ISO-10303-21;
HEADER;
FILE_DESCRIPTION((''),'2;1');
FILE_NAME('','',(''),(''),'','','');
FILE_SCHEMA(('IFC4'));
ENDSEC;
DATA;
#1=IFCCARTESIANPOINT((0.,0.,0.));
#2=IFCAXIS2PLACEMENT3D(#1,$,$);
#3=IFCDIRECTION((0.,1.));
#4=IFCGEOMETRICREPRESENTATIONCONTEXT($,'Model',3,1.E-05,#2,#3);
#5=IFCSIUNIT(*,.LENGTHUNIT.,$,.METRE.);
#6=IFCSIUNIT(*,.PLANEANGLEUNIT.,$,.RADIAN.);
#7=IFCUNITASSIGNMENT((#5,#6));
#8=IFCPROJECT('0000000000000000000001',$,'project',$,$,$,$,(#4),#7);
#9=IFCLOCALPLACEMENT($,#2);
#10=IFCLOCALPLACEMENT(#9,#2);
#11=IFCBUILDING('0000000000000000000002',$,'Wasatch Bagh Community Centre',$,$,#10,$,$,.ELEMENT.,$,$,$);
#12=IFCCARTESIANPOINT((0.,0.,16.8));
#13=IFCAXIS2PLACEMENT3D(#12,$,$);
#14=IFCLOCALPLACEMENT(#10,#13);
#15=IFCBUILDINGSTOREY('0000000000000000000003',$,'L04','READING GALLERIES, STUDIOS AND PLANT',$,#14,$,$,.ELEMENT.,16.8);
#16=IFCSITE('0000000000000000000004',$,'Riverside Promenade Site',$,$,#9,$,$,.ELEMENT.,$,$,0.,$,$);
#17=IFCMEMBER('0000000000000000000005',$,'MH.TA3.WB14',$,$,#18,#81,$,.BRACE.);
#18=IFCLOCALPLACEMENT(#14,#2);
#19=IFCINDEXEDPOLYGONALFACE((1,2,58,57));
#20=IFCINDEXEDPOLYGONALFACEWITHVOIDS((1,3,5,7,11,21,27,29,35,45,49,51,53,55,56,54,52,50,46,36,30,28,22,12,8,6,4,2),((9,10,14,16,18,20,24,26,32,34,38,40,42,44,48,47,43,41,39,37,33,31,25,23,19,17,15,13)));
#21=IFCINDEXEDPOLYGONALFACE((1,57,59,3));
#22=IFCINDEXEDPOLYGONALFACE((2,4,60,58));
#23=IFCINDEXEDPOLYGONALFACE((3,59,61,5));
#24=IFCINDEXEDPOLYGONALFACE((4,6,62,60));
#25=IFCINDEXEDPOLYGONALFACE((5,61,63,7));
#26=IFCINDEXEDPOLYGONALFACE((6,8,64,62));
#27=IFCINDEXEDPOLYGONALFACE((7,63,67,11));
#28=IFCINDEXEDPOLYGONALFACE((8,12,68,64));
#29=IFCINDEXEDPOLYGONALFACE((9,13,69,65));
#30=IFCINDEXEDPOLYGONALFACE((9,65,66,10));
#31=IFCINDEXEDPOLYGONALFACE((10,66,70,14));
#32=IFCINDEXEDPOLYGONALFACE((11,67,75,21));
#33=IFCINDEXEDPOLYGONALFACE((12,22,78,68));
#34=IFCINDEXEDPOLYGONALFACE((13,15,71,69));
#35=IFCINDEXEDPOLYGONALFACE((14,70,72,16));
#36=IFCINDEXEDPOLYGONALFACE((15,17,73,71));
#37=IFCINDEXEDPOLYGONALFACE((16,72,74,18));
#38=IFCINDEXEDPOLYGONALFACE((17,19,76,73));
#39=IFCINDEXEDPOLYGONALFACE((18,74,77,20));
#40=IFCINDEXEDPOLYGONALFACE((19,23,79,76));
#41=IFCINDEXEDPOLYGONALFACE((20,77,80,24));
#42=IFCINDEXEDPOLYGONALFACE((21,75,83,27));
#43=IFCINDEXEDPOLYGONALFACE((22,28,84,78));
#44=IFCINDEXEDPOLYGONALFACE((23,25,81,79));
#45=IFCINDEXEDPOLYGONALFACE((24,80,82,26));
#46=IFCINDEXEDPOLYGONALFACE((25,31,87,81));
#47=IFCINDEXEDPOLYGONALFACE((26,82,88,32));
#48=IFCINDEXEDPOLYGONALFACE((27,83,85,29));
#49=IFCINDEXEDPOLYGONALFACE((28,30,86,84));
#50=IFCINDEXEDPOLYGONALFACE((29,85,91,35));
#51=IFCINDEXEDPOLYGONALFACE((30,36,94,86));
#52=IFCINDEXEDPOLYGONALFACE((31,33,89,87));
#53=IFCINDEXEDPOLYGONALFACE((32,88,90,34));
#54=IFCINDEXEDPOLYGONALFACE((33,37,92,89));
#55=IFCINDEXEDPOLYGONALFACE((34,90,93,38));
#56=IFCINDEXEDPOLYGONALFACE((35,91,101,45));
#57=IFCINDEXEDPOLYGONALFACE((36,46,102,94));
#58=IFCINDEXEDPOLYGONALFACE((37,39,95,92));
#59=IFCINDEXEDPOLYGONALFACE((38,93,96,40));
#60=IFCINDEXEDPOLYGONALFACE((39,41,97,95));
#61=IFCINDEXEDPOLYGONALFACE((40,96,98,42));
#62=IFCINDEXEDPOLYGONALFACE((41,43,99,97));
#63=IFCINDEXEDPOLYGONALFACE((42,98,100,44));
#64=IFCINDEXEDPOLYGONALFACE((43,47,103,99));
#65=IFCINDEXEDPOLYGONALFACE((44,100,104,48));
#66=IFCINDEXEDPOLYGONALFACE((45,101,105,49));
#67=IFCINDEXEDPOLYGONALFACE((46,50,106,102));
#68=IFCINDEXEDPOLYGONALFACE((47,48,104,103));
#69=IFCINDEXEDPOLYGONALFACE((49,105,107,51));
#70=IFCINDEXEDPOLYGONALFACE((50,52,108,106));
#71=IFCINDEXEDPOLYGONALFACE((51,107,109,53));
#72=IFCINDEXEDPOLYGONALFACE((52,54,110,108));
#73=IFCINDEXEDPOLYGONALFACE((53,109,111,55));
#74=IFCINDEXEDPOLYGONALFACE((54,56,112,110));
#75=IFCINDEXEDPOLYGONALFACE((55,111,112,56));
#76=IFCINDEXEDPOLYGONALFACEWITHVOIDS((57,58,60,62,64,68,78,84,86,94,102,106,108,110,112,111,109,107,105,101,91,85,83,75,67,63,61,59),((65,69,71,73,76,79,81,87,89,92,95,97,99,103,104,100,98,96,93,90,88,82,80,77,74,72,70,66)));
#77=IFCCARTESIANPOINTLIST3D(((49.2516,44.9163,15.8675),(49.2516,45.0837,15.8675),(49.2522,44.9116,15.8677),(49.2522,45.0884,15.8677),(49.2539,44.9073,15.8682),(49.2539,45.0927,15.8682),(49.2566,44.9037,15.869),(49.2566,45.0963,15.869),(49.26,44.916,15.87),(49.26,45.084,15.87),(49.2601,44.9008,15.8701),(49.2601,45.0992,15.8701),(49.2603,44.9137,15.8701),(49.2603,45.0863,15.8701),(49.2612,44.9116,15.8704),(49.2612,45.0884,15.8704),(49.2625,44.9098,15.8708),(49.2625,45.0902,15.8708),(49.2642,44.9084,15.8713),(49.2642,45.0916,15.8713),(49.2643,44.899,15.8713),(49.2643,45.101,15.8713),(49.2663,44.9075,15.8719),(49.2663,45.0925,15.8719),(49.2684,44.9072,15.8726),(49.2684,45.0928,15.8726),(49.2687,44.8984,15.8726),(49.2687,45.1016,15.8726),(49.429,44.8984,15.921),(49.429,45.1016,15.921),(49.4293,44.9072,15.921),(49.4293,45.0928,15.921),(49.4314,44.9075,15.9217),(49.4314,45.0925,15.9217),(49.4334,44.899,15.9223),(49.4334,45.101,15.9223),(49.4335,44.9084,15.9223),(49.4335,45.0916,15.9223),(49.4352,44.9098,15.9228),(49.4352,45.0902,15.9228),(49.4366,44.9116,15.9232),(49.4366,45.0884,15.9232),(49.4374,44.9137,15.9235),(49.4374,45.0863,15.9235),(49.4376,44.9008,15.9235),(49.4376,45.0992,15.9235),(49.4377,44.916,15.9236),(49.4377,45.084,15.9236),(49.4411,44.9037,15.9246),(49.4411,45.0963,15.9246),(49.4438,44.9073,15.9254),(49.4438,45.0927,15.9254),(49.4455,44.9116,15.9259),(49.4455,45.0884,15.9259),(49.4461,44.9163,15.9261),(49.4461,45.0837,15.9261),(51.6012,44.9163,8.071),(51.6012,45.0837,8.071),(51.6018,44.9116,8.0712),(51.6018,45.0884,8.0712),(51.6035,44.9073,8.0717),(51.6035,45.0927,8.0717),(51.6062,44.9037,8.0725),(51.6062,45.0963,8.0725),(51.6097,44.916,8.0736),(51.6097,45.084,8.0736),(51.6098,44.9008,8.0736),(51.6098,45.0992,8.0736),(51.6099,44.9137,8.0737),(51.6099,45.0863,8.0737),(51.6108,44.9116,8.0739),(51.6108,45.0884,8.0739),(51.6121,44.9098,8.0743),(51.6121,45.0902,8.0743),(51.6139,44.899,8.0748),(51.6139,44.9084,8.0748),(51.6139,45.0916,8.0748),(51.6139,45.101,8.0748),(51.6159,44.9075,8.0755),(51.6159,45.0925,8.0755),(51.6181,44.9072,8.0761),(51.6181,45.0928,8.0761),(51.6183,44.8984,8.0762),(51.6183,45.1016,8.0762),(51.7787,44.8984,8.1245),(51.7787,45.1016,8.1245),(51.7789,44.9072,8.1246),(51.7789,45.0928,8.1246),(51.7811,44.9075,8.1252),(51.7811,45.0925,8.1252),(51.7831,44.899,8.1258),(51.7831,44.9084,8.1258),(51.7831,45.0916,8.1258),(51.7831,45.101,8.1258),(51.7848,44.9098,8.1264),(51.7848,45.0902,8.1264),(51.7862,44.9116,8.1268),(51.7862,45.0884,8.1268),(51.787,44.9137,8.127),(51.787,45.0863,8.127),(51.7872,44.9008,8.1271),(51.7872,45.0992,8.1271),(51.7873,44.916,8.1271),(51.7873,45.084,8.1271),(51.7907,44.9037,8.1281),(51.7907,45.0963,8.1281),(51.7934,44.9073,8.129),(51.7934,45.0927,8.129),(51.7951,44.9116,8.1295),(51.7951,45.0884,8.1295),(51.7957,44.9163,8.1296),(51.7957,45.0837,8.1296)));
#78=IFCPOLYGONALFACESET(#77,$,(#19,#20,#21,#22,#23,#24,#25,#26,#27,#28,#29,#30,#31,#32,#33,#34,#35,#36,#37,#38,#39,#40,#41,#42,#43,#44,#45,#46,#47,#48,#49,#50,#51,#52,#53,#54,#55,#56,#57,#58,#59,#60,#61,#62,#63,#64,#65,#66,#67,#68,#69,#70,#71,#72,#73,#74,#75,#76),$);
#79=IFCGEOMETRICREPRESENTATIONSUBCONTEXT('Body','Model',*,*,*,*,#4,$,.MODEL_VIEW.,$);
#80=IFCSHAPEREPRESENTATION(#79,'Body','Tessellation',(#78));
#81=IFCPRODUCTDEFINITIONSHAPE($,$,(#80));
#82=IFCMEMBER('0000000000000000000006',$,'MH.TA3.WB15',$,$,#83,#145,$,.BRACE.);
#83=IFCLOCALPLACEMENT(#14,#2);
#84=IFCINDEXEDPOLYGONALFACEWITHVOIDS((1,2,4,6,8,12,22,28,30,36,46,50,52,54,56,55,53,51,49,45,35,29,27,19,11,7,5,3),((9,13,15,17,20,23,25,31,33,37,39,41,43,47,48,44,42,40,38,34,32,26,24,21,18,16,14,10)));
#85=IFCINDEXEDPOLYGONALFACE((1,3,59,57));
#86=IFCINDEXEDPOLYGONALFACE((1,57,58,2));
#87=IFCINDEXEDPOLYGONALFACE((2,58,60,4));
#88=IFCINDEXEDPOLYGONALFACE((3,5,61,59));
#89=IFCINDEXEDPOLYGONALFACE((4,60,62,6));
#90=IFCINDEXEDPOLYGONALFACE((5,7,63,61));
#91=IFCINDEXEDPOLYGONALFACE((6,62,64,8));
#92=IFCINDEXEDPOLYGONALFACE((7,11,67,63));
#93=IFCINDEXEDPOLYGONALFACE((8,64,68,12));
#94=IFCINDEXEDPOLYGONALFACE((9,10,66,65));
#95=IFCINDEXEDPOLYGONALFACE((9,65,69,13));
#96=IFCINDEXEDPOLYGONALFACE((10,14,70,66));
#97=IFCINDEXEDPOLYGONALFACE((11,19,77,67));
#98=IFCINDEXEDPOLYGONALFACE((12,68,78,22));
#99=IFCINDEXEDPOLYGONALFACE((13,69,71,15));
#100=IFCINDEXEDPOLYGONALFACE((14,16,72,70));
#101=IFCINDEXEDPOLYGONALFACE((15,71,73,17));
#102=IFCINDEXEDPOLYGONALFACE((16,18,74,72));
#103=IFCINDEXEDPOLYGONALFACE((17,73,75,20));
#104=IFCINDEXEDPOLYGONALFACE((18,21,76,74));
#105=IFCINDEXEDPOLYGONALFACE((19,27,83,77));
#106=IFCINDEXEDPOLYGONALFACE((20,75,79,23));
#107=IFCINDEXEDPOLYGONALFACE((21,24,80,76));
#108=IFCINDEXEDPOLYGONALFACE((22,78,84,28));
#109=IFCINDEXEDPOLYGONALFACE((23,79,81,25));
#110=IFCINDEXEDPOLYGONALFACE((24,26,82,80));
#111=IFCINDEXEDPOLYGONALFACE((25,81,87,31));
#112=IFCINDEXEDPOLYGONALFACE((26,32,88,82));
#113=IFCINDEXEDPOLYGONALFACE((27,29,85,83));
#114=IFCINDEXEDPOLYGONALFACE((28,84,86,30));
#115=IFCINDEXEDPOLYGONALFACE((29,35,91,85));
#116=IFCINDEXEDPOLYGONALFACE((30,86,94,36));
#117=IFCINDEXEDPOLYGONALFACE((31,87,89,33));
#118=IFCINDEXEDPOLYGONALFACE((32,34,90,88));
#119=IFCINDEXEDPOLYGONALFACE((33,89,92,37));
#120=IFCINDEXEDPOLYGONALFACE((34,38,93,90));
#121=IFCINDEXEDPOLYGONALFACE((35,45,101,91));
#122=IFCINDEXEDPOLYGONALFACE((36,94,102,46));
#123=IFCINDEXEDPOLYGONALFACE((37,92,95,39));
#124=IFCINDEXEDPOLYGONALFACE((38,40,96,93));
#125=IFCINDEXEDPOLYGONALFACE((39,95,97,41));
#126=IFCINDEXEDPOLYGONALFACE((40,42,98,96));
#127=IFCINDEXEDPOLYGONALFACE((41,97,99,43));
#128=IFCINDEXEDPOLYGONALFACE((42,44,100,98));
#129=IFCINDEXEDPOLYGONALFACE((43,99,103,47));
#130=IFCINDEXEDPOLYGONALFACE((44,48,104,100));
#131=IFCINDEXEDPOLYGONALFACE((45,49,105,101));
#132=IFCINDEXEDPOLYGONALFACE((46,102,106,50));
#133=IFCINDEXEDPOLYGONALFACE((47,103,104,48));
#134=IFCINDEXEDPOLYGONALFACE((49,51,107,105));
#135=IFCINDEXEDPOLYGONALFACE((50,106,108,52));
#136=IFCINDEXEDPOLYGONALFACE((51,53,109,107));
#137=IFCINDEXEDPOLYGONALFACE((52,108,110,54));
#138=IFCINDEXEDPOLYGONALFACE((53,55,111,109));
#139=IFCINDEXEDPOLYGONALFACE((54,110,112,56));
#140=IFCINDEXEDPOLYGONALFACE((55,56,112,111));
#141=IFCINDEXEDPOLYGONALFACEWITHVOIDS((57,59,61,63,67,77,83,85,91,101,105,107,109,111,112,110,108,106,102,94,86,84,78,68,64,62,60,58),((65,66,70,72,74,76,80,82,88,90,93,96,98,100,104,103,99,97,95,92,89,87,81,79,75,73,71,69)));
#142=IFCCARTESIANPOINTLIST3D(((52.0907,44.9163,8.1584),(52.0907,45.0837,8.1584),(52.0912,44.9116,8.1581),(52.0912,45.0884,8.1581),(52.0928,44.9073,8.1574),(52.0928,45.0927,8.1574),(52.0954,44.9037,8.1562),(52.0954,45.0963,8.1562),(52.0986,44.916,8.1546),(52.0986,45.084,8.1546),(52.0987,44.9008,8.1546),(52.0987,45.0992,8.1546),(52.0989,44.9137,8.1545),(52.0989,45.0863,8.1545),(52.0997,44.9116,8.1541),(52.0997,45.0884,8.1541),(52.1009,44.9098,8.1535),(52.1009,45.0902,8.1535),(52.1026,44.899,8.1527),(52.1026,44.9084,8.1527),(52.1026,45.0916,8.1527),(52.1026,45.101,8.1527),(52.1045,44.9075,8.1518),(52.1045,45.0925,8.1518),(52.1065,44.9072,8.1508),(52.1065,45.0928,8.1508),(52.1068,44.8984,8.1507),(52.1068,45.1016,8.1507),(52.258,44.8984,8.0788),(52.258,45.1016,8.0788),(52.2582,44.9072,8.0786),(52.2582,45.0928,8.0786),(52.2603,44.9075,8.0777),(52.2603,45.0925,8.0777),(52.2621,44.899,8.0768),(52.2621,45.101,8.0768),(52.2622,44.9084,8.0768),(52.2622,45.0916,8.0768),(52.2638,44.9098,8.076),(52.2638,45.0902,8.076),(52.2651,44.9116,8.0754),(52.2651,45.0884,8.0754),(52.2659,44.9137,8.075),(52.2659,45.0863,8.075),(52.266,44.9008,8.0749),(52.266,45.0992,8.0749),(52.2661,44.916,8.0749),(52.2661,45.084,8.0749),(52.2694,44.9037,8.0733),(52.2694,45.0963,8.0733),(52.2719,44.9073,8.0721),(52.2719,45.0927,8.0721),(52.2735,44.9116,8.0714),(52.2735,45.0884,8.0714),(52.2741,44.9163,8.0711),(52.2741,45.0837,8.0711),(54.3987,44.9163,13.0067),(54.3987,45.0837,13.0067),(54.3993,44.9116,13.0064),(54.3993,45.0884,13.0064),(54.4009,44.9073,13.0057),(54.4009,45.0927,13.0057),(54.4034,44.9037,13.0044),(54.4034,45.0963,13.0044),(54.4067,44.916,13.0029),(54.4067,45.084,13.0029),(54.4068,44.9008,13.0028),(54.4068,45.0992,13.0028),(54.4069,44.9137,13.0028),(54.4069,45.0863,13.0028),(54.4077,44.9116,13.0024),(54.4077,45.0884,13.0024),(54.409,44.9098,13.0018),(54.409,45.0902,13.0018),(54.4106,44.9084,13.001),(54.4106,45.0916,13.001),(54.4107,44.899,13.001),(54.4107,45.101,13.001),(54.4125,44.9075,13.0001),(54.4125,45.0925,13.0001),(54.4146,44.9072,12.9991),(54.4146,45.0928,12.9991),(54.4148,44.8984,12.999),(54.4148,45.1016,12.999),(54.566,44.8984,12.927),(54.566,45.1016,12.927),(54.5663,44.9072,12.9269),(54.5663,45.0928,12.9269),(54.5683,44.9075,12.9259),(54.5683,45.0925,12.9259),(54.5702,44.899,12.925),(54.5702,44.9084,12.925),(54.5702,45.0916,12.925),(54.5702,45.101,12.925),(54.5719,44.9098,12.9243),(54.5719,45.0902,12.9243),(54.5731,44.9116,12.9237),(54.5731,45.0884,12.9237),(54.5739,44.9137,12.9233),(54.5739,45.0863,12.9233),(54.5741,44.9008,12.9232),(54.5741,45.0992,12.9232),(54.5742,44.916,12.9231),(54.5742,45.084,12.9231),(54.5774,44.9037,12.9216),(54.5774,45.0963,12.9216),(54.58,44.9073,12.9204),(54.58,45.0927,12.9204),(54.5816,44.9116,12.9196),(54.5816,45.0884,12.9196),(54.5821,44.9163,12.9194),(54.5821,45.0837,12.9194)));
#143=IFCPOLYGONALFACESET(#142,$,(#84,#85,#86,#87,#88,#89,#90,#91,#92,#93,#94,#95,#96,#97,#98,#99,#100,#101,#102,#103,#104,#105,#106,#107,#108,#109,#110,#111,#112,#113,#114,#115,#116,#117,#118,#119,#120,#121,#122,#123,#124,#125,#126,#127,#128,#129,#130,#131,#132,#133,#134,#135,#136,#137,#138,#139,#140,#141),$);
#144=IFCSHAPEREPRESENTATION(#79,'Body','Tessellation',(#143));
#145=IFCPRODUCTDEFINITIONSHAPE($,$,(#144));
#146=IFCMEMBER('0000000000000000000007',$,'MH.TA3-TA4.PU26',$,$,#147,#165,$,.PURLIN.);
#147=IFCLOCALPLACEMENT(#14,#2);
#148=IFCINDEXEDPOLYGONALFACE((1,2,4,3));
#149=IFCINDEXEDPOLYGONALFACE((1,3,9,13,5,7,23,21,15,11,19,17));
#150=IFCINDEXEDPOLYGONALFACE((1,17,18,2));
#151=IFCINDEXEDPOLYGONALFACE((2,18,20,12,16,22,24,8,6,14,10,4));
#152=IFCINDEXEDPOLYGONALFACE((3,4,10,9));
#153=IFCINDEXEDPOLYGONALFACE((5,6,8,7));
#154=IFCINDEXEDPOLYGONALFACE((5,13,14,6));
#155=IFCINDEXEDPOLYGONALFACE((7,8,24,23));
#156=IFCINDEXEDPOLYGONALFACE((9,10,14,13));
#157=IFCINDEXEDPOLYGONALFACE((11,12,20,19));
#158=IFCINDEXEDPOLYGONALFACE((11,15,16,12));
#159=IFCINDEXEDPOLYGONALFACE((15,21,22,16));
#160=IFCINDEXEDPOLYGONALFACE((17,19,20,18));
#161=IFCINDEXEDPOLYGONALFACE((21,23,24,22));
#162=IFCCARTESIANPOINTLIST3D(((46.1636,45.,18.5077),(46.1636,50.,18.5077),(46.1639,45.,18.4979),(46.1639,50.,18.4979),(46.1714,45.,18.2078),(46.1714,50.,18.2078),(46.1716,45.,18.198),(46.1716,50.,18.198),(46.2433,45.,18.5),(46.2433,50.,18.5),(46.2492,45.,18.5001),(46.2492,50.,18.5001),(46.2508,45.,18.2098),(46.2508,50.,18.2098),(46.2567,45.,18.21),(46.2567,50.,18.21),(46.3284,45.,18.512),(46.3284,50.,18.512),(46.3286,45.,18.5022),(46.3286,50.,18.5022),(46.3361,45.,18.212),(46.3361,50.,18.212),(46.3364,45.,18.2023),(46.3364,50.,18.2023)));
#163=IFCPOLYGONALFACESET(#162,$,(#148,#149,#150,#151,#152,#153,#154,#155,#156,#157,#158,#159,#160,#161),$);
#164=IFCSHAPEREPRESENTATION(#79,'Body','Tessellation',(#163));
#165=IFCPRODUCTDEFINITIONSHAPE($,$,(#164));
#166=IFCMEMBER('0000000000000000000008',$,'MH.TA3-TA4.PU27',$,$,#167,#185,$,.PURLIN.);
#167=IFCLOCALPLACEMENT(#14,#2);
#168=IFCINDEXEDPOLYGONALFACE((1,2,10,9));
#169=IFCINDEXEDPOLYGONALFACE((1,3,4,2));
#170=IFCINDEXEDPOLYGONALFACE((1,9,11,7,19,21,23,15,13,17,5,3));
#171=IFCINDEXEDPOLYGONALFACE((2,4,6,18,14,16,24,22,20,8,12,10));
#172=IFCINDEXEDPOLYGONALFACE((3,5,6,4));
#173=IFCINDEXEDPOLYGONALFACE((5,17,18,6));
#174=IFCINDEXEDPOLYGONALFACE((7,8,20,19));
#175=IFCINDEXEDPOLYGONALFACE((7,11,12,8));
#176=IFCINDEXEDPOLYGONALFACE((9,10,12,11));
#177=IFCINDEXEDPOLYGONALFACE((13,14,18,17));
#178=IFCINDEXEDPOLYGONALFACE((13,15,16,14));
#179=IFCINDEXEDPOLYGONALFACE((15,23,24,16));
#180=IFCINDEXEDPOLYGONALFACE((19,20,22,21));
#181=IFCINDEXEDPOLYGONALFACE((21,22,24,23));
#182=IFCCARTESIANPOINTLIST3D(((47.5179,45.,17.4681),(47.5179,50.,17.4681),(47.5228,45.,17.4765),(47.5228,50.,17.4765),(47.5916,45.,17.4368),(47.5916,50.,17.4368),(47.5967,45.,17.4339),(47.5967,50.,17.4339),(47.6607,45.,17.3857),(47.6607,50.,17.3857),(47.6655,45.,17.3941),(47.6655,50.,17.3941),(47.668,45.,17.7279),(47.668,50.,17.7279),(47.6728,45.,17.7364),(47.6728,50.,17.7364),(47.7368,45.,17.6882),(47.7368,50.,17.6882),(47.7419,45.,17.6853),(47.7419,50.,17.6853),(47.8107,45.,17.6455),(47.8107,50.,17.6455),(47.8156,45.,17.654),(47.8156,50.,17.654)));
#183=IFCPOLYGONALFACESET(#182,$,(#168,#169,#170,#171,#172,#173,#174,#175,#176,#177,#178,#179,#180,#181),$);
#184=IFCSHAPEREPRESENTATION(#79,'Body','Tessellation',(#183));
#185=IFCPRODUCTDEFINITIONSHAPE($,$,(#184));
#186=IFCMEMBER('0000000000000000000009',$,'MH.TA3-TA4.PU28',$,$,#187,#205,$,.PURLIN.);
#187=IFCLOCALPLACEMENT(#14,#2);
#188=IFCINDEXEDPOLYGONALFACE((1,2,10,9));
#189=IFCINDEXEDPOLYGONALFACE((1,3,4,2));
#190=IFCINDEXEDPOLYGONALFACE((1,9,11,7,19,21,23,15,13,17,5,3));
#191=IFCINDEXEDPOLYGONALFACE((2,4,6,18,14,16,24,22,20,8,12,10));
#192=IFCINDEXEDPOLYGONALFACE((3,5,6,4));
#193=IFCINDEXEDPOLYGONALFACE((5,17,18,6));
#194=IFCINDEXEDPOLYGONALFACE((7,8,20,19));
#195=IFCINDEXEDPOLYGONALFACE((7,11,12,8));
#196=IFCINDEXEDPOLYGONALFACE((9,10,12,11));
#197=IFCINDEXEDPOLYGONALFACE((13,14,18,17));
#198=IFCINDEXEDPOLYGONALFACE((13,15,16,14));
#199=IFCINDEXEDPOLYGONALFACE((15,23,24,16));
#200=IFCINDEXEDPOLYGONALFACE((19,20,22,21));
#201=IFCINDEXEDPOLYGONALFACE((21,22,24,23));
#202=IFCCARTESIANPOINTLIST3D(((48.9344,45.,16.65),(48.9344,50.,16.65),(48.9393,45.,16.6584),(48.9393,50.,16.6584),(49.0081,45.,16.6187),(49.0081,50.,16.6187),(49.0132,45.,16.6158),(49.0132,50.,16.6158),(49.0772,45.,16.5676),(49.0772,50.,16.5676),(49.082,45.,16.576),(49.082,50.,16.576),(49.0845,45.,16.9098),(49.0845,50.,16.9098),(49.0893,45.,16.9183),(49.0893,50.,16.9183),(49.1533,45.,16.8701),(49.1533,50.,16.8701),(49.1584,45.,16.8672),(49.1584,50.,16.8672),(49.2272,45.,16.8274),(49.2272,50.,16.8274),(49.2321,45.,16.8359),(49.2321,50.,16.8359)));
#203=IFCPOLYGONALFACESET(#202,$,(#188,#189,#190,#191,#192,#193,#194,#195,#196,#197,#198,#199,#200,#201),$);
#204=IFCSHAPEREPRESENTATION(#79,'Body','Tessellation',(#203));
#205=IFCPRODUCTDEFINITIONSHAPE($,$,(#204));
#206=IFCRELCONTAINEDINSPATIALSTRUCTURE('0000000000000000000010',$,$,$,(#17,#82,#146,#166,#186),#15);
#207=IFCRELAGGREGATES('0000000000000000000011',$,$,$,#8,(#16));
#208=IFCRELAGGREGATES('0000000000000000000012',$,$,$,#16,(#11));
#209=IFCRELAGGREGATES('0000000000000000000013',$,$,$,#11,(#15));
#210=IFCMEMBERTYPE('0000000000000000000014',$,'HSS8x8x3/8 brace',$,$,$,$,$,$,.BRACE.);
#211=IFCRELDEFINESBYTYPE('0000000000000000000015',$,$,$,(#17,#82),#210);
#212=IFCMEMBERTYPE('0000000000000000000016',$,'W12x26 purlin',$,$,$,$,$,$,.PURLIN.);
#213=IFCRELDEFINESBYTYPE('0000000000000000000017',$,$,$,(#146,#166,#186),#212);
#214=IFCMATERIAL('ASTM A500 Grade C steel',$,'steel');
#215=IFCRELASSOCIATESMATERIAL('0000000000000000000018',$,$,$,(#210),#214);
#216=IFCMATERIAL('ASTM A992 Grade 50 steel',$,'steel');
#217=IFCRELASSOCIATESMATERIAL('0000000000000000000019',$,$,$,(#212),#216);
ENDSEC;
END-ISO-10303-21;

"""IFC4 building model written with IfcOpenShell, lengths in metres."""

from ifc_helpers import new_model, si_unit, direction, frame, origin, origin_2d, place, context, subcontext, project, spatial, hollow_rectangle, i_section, extrude, material, material_profile, profile_set, type_object, element, save


model = new_model("IFC4")

# Units and contexts
model_context = context("Model", 3, precision=1e-05, world=origin(), true_north=direction((0.0, 1.0)))
body_context = subcontext(model_context, "Body", "Model", "MODEL_VIEW")
ifc_project = project(units=[si_unit("LENGTHUNIT", "METRE"), si_unit("PLANEANGLEUNIT", "RADIAN")], contexts=[model_context])

# Site, building, storey
site_placement = place(None, origin())
site = spatial("IfcSite", under=ifc_project, at=site_placement, Name="Riverside Promenade Site", CompositionType="ELEMENT", RefElevation=0.0)
building_placement = place(site_placement, origin())
building = spatial("IfcBuilding", under=site, at=building_placement, Name="Wasatch Bagh Community Centre", CompositionType="ELEMENT")
storey_placement = place(building_placement, frame((0.0, 0.0, 16.8)))
storey = spatial("IfcBuildingStorey", under=building, at=storey_placement, Name="L04", Description="READING GALLERIES, STUDIOS AND PLANT", CompositionType="ELEMENT", Elevation=16.8)

# Members
ifc_material_1 = material(Name="ASTM A500 Grade C steel", Category="steel")
ifc_material_profile_1 = material_profile(ifc_material_1, hollow_rectangle(XDim=0.2031, YDim=0.2031, WallThickness=0.0088, InnerFilletRadius=0.0088, OuterFilletRadius=0.0178, at=origin_2d()), Name="HSS8x8x3/8")
ifc_profile_set_1 = profile_set([ifc_material_profile_1], Name="ASTM A500 Grade C steel")
member_type_1 = type_object("IfcMemberType", Name="HSS8x8x3/8 brace", PredefinedType="BRACE", material=ifc_profile_set_1)
member_1_placement = place(storey_placement, frame((51.6985, 45.0, 8.1003), z_axis=(-0.288552, 0.0, 0.957464), x_axis=(0.0, -1.0, 0.0)))
element("IfcMember", 1, at=member_1_placement, inside=storey, type_object=member_type_1, Name="MH.TA3.WB14", PredefinedType="BRACE", context=body_context, shape_type="SweptSolid", body=[
    extrude(hollow_rectangle(XDim=0.2031, YDim=0.2031, WallThickness=0.0088, InnerFilletRadius=0.0088, OuterFilletRadius=0.0178, at=origin_2d()), origin(), (0.0, 0.0, 1.0), 8.1428),
])
member_2_placement = place(storey_placement, frame((52.1824, 45.0, 8.1147), z_axis=(0.429835, 0.0, 0.902908), x_axis=(0.0, 1.0, 0.0)))
element("IfcMember", 2, at=member_2_placement, inside=storey, type_object=member_type_1, Name="MH.TA3.WB15", PredefinedType="BRACE", context=body_context, shape_type="SweptSolid", body=[
    extrude(hollow_rectangle(XDim=0.2031, YDim=0.2031, WallThickness=0.0088, InnerFilletRadius=0.0088, OuterFilletRadius=0.0178, at=origin_2d()), origin(), (0.0, 0.0, 1.0), 5.3696),
])
ifc_material_2 = material(Name="ASTM A992 Grade 50 steel", Category="steel")
ifc_material_profile_2 = material_profile(ifc_material_2, i_section(OverallWidth=0.1648, OverallDepth=0.3098, WebThickness=0.0059, FlangeThickness=0.0098, at=origin_2d()), Name="W12x26")
ifc_profile_set_2 = profile_set([ifc_material_profile_2], Name="ASTM A992 Grade 50 steel")
member_type_2 = type_object("IfcMemberType", Name="W12x26 purlin", PredefinedType="PURLIN", material=ifc_profile_set_2)
for number, where, z_axis, x_axis, name in (
    (3, (46.25, 45.0, 18.355), (0.0, 1.0, 0.0), (-0.999667, 0.0, -0.025817), "MH.TA3-TA4.PU26"),
    (4, (47.6667, 45.0, 17.561), (0.0, 1.0, 0.0), (-0.866025, 0.0, 0.5), "MH.TA3-TA4.PU27"),
    (5, (49.0833, 45.0, 16.7429), (0.0, 1.0, 0.0), (-0.866025, 0.0, 0.5), "MH.TA3-TA4.PU28"),
):
    element("IfcMember", number, at=place(storey_placement, frame(where, z_axis=z_axis, x_axis=x_axis)), inside=storey, type_object=member_type_2, Name=name, PredefinedType="PURLIN", context=body_context, shape_type="SweptSolid", body=[
        extrude(i_section(OverallWidth=0.1648, OverallDepth=0.3098, WebThickness=0.0059, FlangeThickness=0.0098, at=origin_2d()), origin(), (0.0, 0.0, 1.0), 5.0),
    ])

save(model, "model.ifc")
